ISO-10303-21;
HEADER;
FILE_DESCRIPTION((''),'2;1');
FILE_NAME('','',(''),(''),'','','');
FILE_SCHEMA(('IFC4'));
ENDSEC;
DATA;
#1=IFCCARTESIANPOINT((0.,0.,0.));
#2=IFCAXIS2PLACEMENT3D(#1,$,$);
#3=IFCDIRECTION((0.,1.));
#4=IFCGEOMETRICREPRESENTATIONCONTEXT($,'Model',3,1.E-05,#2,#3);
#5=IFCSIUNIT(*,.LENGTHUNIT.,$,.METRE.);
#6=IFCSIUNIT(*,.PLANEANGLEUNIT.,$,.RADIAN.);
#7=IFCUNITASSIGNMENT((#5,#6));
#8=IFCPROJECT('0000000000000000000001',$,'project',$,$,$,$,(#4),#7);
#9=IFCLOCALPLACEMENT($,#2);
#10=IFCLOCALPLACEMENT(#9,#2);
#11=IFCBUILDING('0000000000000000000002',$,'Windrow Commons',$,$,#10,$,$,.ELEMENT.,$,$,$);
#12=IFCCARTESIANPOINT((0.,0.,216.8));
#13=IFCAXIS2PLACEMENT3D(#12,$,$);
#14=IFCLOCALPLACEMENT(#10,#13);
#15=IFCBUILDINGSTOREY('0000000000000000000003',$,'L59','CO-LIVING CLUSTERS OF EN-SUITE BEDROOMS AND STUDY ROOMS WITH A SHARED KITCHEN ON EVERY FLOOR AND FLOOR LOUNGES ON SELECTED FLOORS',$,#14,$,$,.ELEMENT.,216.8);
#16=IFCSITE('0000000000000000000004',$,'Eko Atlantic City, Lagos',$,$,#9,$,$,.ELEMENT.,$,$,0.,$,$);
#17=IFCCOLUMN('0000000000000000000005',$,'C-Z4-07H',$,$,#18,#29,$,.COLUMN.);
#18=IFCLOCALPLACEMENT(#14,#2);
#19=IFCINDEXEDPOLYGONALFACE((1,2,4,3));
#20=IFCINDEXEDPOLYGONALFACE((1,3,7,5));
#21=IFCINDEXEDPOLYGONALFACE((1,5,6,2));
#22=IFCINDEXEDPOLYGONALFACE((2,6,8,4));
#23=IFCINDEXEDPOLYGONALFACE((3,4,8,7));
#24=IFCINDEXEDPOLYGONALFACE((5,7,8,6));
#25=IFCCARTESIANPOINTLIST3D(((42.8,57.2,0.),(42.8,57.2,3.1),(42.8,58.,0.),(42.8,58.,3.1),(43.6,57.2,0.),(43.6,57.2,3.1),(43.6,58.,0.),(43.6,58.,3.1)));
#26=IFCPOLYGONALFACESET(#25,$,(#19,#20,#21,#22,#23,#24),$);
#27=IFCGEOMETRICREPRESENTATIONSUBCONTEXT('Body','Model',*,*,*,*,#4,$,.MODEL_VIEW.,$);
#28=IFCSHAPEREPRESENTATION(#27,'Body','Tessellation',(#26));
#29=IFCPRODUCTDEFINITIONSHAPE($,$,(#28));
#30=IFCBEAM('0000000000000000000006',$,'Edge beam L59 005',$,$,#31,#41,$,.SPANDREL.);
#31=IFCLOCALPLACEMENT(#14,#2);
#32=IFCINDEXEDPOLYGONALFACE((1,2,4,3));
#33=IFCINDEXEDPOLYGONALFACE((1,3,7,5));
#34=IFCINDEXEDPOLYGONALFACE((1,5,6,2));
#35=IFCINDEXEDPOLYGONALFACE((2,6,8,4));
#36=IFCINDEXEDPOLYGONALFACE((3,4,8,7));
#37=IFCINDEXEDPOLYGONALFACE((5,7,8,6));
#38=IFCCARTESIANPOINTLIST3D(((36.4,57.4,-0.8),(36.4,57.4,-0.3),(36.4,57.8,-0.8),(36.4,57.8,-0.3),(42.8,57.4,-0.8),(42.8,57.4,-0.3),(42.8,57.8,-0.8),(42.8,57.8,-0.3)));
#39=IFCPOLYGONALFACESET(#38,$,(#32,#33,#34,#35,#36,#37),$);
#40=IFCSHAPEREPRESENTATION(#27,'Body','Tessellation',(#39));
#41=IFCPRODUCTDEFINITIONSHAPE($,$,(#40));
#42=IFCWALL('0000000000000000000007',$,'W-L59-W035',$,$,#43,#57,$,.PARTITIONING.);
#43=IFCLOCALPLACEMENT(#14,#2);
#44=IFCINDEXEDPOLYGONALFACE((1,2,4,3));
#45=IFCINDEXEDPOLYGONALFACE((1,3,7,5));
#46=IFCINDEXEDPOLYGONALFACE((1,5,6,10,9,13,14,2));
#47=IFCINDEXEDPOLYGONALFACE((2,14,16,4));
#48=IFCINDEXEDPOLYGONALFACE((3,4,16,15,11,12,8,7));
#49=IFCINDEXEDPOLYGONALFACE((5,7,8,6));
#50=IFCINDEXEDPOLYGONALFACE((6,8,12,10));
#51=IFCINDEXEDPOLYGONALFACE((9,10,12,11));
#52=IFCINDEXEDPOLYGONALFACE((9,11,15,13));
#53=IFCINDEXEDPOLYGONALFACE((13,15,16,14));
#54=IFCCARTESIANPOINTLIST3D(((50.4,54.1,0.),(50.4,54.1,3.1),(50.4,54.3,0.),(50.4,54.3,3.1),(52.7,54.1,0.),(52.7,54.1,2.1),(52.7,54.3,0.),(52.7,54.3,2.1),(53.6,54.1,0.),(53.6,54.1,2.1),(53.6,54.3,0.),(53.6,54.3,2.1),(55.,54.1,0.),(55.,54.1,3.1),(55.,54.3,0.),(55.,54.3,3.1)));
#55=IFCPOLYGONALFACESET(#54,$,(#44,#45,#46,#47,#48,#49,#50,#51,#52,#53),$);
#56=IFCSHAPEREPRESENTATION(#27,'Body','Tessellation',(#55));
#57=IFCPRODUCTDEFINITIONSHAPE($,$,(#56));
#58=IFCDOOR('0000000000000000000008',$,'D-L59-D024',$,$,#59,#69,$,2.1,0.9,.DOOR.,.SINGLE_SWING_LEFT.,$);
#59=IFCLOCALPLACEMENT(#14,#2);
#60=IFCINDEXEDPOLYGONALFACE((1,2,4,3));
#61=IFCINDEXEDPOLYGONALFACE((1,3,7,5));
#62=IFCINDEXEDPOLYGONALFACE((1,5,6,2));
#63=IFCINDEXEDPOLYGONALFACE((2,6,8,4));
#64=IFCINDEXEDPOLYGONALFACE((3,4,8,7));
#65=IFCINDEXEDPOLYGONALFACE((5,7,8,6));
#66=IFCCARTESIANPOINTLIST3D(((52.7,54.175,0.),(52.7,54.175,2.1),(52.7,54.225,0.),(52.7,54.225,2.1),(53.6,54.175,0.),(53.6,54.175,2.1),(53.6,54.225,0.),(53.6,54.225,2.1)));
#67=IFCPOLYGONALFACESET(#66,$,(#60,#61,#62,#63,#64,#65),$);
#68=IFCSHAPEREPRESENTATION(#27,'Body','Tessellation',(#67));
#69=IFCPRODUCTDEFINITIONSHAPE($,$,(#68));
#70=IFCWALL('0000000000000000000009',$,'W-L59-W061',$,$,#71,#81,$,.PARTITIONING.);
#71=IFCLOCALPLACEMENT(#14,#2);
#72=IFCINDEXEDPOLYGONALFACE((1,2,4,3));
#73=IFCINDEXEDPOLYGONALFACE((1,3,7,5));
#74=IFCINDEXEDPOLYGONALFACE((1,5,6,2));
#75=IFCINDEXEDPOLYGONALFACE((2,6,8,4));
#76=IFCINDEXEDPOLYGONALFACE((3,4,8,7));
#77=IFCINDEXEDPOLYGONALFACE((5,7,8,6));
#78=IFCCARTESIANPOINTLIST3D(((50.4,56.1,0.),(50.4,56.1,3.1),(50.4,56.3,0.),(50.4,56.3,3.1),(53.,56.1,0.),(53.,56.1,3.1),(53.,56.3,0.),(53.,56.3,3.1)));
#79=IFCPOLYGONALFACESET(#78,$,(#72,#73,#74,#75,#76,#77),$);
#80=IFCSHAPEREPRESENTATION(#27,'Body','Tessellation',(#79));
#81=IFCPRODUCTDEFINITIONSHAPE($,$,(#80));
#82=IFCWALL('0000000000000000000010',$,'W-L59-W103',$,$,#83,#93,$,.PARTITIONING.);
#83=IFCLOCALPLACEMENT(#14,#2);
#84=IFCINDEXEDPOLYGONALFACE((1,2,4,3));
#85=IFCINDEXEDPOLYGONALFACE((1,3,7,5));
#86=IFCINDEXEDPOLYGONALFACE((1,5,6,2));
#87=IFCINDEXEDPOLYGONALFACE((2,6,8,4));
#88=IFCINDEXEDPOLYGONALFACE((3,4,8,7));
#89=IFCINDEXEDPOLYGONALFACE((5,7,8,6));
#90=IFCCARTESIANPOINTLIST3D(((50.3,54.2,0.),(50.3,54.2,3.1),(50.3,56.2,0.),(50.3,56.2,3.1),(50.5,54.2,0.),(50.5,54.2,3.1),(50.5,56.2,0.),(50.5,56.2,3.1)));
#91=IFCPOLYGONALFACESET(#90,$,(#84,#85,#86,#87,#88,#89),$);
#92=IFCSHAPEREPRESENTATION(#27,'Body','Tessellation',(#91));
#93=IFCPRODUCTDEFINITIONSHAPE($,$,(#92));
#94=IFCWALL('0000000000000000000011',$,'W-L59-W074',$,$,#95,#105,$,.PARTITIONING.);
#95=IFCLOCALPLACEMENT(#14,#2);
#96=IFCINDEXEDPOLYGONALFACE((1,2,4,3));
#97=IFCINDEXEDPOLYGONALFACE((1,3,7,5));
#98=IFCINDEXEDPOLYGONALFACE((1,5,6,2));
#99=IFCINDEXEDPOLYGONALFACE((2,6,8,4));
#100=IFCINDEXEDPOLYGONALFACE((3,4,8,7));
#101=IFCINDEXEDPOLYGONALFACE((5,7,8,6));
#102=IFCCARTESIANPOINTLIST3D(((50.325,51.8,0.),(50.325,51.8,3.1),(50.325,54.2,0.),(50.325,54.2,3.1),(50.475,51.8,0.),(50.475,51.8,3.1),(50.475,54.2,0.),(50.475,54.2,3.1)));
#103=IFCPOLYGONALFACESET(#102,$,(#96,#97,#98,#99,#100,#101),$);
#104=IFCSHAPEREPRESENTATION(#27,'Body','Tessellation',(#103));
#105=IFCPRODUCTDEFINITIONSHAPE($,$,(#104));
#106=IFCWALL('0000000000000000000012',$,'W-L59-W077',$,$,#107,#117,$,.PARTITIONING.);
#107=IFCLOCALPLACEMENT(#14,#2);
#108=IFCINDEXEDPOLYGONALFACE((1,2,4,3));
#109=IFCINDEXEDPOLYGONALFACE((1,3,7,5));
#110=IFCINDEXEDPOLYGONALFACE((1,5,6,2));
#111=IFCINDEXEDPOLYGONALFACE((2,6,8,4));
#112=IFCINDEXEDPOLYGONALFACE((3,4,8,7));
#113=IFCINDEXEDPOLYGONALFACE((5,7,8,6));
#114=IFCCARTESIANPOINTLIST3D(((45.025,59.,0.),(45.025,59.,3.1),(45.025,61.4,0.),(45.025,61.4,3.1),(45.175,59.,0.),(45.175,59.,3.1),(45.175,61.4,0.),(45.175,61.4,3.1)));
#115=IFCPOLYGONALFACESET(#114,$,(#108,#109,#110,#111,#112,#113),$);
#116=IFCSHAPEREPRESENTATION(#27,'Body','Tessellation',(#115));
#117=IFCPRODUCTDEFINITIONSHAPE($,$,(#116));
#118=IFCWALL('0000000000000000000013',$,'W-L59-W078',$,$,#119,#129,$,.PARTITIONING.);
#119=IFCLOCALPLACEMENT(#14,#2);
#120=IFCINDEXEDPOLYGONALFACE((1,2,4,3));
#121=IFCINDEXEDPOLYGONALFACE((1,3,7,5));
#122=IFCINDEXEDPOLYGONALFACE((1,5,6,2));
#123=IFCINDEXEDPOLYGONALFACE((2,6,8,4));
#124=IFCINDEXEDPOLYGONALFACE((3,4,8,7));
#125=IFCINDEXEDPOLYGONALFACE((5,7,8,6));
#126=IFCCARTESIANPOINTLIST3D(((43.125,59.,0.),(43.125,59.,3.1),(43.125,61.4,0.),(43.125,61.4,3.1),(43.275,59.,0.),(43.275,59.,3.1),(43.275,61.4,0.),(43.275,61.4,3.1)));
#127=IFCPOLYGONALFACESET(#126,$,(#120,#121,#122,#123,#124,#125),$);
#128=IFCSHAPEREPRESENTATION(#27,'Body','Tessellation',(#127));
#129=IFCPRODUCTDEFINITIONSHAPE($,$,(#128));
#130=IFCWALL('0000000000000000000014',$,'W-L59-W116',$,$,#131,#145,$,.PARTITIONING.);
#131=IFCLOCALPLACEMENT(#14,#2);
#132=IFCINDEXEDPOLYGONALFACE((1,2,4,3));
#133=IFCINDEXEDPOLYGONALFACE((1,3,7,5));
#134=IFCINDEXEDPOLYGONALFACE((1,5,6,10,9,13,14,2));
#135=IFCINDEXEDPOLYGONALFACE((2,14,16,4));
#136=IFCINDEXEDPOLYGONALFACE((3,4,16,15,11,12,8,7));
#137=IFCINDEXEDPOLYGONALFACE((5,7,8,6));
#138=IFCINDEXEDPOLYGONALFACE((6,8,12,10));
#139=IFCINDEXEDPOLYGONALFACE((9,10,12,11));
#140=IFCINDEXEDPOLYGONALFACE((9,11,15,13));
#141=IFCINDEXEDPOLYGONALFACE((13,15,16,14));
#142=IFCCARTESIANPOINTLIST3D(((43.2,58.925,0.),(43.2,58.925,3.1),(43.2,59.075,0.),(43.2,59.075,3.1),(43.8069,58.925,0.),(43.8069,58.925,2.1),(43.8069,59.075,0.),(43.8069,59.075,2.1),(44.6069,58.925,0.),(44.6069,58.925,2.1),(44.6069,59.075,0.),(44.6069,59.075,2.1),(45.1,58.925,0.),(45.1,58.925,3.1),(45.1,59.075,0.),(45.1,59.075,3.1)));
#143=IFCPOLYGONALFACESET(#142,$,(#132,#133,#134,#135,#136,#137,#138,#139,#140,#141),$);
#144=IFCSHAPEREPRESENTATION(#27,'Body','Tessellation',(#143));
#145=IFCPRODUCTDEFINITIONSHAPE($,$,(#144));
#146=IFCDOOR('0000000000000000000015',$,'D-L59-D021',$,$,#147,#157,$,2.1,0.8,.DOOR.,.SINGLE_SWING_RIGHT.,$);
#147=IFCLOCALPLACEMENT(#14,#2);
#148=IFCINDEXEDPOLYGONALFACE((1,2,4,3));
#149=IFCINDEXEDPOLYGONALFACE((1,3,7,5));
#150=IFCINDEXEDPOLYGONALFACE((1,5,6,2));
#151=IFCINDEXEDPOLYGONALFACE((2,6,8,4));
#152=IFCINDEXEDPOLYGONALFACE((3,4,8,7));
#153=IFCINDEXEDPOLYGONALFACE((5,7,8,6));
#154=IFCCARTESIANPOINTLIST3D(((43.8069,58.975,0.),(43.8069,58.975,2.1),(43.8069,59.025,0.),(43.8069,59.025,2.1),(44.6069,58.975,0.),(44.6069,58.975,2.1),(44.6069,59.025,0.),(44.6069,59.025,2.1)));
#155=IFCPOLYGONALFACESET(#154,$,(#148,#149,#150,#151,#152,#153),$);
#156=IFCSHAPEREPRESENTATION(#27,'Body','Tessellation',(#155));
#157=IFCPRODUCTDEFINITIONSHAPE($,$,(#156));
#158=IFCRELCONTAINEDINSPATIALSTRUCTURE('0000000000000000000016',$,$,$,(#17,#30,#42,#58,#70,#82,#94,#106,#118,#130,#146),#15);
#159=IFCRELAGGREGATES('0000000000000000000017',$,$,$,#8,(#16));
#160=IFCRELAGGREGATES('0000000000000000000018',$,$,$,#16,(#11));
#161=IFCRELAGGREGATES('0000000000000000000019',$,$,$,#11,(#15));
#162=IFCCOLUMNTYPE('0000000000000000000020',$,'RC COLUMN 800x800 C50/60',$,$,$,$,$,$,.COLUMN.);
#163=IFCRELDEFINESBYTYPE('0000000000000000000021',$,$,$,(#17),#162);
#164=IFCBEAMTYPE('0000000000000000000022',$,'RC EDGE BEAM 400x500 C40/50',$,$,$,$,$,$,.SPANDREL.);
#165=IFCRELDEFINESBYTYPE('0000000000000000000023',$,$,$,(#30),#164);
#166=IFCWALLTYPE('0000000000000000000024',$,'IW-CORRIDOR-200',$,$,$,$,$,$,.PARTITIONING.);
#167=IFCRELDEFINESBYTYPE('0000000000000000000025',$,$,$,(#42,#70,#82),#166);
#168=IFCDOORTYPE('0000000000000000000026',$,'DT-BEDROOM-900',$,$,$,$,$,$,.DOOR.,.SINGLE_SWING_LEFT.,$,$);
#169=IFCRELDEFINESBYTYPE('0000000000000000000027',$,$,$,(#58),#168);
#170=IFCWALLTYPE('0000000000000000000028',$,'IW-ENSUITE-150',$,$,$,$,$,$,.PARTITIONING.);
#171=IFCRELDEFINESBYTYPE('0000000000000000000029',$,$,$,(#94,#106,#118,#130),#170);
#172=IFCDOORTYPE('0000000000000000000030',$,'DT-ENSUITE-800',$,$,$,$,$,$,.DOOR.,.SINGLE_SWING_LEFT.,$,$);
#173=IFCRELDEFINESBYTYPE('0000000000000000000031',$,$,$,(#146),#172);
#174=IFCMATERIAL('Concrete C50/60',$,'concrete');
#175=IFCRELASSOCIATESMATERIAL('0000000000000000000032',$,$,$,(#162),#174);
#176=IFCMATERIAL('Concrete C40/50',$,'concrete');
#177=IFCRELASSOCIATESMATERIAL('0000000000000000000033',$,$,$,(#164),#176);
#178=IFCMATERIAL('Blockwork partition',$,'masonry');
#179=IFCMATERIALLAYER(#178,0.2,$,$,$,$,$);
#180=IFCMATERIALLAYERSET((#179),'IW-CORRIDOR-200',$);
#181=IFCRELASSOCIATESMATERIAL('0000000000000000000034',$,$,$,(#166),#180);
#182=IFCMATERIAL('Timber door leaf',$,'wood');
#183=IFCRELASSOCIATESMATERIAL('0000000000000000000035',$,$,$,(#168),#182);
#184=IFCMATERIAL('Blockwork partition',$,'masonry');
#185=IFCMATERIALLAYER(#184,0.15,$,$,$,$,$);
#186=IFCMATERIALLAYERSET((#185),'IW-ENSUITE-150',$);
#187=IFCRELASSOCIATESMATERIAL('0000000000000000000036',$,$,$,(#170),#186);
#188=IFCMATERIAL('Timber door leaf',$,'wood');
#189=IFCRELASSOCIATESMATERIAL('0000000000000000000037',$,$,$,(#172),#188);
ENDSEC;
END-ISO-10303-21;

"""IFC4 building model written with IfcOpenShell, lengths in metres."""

from ifc_helpers import new_model, si_unit, direction, frame, frame_2d, origin, origin_2d, place, context, subcontext, project, spatial, rectangle, extrude, material, layer, layer_set, material_profile, profile_set, type_object, element, fill, save


model = new_model("IFC4")

# Units and contexts
model_context = context("Model", 3, precision=1e-05, world=origin(), true_north=direction((0.0, 1.0)))
body_context = subcontext(model_context, "Body", "Model", "MODEL_VIEW")
ifc_project = project(units=[si_unit("LENGTHUNIT", "METRE"), si_unit("PLANEANGLEUNIT", "RADIAN")], contexts=[model_context])

# Site, building, storey
site_placement = place(None, origin())
site = spatial("IfcSite", under=ifc_project, at=site_placement, Name="Eko Atlantic City, Lagos", CompositionType="ELEMENT", RefElevation=0.0)
building_placement = place(site_placement, origin())
building = spatial("IfcBuilding", under=site, at=building_placement, Name="Windrow Commons", CompositionType="ELEMENT")
storey_placement = place(building_placement, frame((0.0, 0.0, 216.8)))
storey = spatial("IfcBuildingStorey", under=building, at=storey_placement, Name="L59", Description="CO-LIVING CLUSTERS OF EN-SUITE BEDROOMS AND STUDY ROOMS WITH A SHARED KITCHEN ON EVERY FLOOR AND FLOOR LOUNGES ON SELECTED FLOORS", CompositionType="ELEMENT", Elevation=216.8)

# Column
ifc_material_1 = material(Name="Concrete C50/60", Category="concrete")
ifc_material_profile_1 = material_profile(ifc_material_1, rectangle(XDim=0.8, YDim=0.8, at=origin_2d()))
ifc_profile_set_1 = profile_set([ifc_material_profile_1], Name="Concrete C50/60")
column_type = type_object("IfcColumnType", Name="RC COLUMN 800x800 C50/60", PredefinedType="COLUMN", material=ifc_profile_set_1)
column_placement = place(storey_placement, frame((43.2, 57.6, 0.0), z_axis=(0.0, 0.0, 1.0), x_axis=(1.0, 0.0, 0.0)))
element("IfcColumn", 1, at=column_placement, inside=storey, type_object=column_type, Name="C-Z4-07H", PredefinedType="COLUMN", context=body_context, shape_type="SweptSolid", body=[
    extrude(rectangle(XDim=0.8, YDim=0.8, at=origin_2d()), origin(), (0.0, 0.0, 1.0), 3.1),
])

# Beam
ifc_material_2 = material(Name="Concrete C40/50", Category="concrete")
ifc_material_profile_2 = material_profile(ifc_material_2, rectangle(XDim=0.4, YDim=0.5, at=origin_2d()))
ifc_profile_set_2 = profile_set([ifc_material_profile_2], Name="Concrete C40/50")
beam_type = type_object("IfcBeamType", Name="RC EDGE BEAM 400x500 C40/50", PredefinedType="SPANDREL", material=ifc_profile_set_2)
beam_placement = place(storey_placement, frame((42.8, 57.6, -0.55), z_axis=(-1.0, 0.0, 0.0), x_axis=(0.0, -1.0, 0.0)))
element("IfcBeam", 2, at=beam_placement, inside=storey, type_object=beam_type, Name="Edge beam L59 005", PredefinedType="SPANDREL", context=body_context, shape_type="SweptSolid", body=[
    extrude(rectangle(XDim=0.4, YDim=0.5, at=origin_2d()), origin(), (0.0, 0.0, 1.0), 6.4),
])

# Wall, opening, door
ifc_material_3 = material(Name="Blockwork partition", Category="masonry")
ifc_layer_1 = layer(ifc_material_3, 0.2)
ifc_layer_set_1 = layer_set([ifc_layer_1], Name="IW-CORRIDOR-200")
wall_type_1 = type_object("IfcWallType", Name="IW-CORRIDOR-200", PredefinedType="PARTITIONING", material=ifc_layer_set_1)
wall_1_placement = place(storey_placement, frame((50.4, 54.2, 0.0), z_axis=(0.0, 0.0, 1.0), x_axis=(1.0, 0.0, 0.0)))
wall_1 = element("IfcWall", 3, at=wall_1_placement, inside=storey, type_object=wall_type_1, Name="W-L59-W035", PredefinedType="PARTITIONING", context=body_context, shape_type="SweptSolid", body=[
    extrude(rectangle(XDim=4.6, YDim=0.2, at=frame_2d((2.3, 0.0))), origin(), (0.0, 0.0, 1.0), 3.1),
])
opening_1_placement = place(wall_1_placement, frame((2.3, 0.0, 0.0)))
opening_1 = element("IfcOpeningElement", 4, at=opening_1_placement, cuts=wall_1, PredefinedType="OPENING", context=body_context, shape_type="SweptSolid", body=[
    extrude(rectangle(XDim=0.9, YDim=2.1, at=frame_2d((0.45, 1.05))), frame((0.0, 0.11, 0.0), z_axis=(0.0, -1.0, 0.0), x_axis=(1.0, 0.0, 0.0)), (0.0, 0.0, 1.0), 0.22),
])
ifc_material_4 = material(Name="Timber door leaf", Category="wood")
door_type_1 = type_object("IfcDoorType", Name="DT-BEDROOM-900", OperationType="SINGLE_SWING_LEFT", PredefinedType="DOOR", material=ifc_material_4)
door_1_placement = place(opening_1_placement, origin())
door_1 = element("IfcDoor", 5, at=door_1_placement, inside=storey, type_object=door_type_1, Name="D-L59-D024", OperationType="SINGLE_SWING_LEFT", OverallHeight=2.1, OverallWidth=0.9, PredefinedType="DOOR", context=body_context, shape_type="SweptSolid", body=[
    extrude(rectangle(XDim=0.9, YDim=2.1, at=frame_2d((0.45, 1.05))), frame((0.0, 0.025, 0.0), z_axis=(0.0, -1.0, 0.0), x_axis=(1.0, 0.0, 0.0)), (0.0, 0.0, 1.0), 0.05),
])
fill(opening_1, door_1)

# Walls
wall_2_placement = place(storey_placement, frame((50.4, 56.2, 0.0), z_axis=(0.0, 0.0, 1.0), x_axis=(1.0, 0.0, 0.0)))
element("IfcWall", 6, at=wall_2_placement, inside=storey, type_object=wall_type_1, Name="W-L59-W061", PredefinedType="PARTITIONING", context=body_context, shape_type="SweptSolid", body=[
    extrude(rectangle(XDim=2.6, YDim=0.2, at=frame_2d((1.3, 0.0))), origin(), (0.0, 0.0, 1.0), 3.1),
])
wall_3_placement = place(storey_placement, frame((50.4, 54.2, 0.0), z_axis=(0.0, 0.0, 1.0), x_axis=(0.0, 1.0, 0.0)))
element("IfcWall", 7, at=wall_3_placement, inside=storey, type_object=wall_type_1, Name="W-L59-W103", PredefinedType="PARTITIONING", context=body_context, shape_type="SweptSolid", body=[
    extrude(rectangle(XDim=2.0, YDim=0.2, at=frame_2d((1.0, 0.0))), origin(), (0.0, 0.0, 1.0), 3.1),
])
ifc_material_5 = material(Name="Blockwork partition", Category="masonry")
ifc_layer_2 = layer(ifc_material_5, 0.15)
ifc_layer_set_2 = layer_set([ifc_layer_2], Name="IW-ENSUITE-150")
wall_type_2 = type_object("IfcWallType", Name="IW-ENSUITE-150", PredefinedType="PARTITIONING", material=ifc_layer_set_2)
for number, where, z_axis, x_axis, name in (
    (8, (50.4, 51.8, 0.0), (0.0, 0.0, 1.0), (0.0, 1.0, 0.0), "W-L59-W074"),
    (9, (45.1, 59.0, 0.0), (0.0, 0.0, 1.0), (0.0, 1.0, 0.0), "W-L59-W077"),
    (10, (43.2, 59.0, 0.0), (0.0, 0.0, 1.0), (0.0, 1.0, 0.0), "W-L59-W078"),
):
    element("IfcWall", number, at=place(storey_placement, frame(where, z_axis=z_axis, x_axis=x_axis)), inside=storey, type_object=wall_type_2, Name=name, PredefinedType="PARTITIONING", context=body_context, shape_type="SweptSolid", body=[
        extrude(rectangle(XDim=2.4, YDim=0.15, at=frame_2d((1.2, 0.0))), origin(), (0.0, 0.0, 1.0), 3.1),
    ])

# Wall, opening, door
wall_4_placement = place(storey_placement, frame((43.2, 59.0, 0.0), z_axis=(0.0, 0.0, 1.0), x_axis=(1.0, 0.0, 0.0)))
wall_4 = element("IfcWall", 11, at=wall_4_placement, inside=storey, type_object=wall_type_2, Name="W-L59-W116", PredefinedType="PARTITIONING", context=body_context, shape_type="SweptSolid", body=[
    extrude(rectangle(XDim=1.9, YDim=0.15, at=frame_2d((0.95, 0.0))), origin(), (0.0, 0.0, 1.0), 3.1),
])
opening_2_placement = place(wall_4_placement, frame((0.6069, 0.0, 0.0)))
opening_2 = element("IfcOpeningElement", 12, at=opening_2_placement, cuts=wall_4, PredefinedType="OPENING", context=body_context, shape_type="SweptSolid", body=[
    extrude(rectangle(XDim=0.8, YDim=2.1, at=frame_2d((0.4, 1.05))), frame((0.0, 0.085, 0.0), z_axis=(0.0, -1.0, 0.0), x_axis=(1.0, 0.0, 0.0)), (0.0, 0.0, 1.0), 0.17),
])
ifc_material_6 = material(Name="Timber door leaf", Category="wood")
door_type_2 = type_object("IfcDoorType", Name="DT-ENSUITE-800", OperationType="SINGLE_SWING_LEFT", PredefinedType="DOOR", material=ifc_material_6)
door_2_placement = place(opening_2_placement, origin())
door_2 = element("IfcDoor", 13, at=door_2_placement, inside=storey, type_object=door_type_2, Name="D-L59-D021", OperationType="SINGLE_SWING_RIGHT", OverallHeight=2.1, OverallWidth=0.8, PredefinedType="DOOR", context=body_context, shape_type="SweptSolid", body=[
    extrude(rectangle(XDim=0.8, YDim=2.1, at=frame_2d((0.4, 1.05))), frame((0.0, 0.025, 0.0), z_axis=(0.0, -1.0, 0.0), x_axis=(1.0, 0.0, 0.0)), (0.0, 0.0, 1.0), 0.05),
])
fill(opening_2, door_2)

save(model, "model.ifc")
